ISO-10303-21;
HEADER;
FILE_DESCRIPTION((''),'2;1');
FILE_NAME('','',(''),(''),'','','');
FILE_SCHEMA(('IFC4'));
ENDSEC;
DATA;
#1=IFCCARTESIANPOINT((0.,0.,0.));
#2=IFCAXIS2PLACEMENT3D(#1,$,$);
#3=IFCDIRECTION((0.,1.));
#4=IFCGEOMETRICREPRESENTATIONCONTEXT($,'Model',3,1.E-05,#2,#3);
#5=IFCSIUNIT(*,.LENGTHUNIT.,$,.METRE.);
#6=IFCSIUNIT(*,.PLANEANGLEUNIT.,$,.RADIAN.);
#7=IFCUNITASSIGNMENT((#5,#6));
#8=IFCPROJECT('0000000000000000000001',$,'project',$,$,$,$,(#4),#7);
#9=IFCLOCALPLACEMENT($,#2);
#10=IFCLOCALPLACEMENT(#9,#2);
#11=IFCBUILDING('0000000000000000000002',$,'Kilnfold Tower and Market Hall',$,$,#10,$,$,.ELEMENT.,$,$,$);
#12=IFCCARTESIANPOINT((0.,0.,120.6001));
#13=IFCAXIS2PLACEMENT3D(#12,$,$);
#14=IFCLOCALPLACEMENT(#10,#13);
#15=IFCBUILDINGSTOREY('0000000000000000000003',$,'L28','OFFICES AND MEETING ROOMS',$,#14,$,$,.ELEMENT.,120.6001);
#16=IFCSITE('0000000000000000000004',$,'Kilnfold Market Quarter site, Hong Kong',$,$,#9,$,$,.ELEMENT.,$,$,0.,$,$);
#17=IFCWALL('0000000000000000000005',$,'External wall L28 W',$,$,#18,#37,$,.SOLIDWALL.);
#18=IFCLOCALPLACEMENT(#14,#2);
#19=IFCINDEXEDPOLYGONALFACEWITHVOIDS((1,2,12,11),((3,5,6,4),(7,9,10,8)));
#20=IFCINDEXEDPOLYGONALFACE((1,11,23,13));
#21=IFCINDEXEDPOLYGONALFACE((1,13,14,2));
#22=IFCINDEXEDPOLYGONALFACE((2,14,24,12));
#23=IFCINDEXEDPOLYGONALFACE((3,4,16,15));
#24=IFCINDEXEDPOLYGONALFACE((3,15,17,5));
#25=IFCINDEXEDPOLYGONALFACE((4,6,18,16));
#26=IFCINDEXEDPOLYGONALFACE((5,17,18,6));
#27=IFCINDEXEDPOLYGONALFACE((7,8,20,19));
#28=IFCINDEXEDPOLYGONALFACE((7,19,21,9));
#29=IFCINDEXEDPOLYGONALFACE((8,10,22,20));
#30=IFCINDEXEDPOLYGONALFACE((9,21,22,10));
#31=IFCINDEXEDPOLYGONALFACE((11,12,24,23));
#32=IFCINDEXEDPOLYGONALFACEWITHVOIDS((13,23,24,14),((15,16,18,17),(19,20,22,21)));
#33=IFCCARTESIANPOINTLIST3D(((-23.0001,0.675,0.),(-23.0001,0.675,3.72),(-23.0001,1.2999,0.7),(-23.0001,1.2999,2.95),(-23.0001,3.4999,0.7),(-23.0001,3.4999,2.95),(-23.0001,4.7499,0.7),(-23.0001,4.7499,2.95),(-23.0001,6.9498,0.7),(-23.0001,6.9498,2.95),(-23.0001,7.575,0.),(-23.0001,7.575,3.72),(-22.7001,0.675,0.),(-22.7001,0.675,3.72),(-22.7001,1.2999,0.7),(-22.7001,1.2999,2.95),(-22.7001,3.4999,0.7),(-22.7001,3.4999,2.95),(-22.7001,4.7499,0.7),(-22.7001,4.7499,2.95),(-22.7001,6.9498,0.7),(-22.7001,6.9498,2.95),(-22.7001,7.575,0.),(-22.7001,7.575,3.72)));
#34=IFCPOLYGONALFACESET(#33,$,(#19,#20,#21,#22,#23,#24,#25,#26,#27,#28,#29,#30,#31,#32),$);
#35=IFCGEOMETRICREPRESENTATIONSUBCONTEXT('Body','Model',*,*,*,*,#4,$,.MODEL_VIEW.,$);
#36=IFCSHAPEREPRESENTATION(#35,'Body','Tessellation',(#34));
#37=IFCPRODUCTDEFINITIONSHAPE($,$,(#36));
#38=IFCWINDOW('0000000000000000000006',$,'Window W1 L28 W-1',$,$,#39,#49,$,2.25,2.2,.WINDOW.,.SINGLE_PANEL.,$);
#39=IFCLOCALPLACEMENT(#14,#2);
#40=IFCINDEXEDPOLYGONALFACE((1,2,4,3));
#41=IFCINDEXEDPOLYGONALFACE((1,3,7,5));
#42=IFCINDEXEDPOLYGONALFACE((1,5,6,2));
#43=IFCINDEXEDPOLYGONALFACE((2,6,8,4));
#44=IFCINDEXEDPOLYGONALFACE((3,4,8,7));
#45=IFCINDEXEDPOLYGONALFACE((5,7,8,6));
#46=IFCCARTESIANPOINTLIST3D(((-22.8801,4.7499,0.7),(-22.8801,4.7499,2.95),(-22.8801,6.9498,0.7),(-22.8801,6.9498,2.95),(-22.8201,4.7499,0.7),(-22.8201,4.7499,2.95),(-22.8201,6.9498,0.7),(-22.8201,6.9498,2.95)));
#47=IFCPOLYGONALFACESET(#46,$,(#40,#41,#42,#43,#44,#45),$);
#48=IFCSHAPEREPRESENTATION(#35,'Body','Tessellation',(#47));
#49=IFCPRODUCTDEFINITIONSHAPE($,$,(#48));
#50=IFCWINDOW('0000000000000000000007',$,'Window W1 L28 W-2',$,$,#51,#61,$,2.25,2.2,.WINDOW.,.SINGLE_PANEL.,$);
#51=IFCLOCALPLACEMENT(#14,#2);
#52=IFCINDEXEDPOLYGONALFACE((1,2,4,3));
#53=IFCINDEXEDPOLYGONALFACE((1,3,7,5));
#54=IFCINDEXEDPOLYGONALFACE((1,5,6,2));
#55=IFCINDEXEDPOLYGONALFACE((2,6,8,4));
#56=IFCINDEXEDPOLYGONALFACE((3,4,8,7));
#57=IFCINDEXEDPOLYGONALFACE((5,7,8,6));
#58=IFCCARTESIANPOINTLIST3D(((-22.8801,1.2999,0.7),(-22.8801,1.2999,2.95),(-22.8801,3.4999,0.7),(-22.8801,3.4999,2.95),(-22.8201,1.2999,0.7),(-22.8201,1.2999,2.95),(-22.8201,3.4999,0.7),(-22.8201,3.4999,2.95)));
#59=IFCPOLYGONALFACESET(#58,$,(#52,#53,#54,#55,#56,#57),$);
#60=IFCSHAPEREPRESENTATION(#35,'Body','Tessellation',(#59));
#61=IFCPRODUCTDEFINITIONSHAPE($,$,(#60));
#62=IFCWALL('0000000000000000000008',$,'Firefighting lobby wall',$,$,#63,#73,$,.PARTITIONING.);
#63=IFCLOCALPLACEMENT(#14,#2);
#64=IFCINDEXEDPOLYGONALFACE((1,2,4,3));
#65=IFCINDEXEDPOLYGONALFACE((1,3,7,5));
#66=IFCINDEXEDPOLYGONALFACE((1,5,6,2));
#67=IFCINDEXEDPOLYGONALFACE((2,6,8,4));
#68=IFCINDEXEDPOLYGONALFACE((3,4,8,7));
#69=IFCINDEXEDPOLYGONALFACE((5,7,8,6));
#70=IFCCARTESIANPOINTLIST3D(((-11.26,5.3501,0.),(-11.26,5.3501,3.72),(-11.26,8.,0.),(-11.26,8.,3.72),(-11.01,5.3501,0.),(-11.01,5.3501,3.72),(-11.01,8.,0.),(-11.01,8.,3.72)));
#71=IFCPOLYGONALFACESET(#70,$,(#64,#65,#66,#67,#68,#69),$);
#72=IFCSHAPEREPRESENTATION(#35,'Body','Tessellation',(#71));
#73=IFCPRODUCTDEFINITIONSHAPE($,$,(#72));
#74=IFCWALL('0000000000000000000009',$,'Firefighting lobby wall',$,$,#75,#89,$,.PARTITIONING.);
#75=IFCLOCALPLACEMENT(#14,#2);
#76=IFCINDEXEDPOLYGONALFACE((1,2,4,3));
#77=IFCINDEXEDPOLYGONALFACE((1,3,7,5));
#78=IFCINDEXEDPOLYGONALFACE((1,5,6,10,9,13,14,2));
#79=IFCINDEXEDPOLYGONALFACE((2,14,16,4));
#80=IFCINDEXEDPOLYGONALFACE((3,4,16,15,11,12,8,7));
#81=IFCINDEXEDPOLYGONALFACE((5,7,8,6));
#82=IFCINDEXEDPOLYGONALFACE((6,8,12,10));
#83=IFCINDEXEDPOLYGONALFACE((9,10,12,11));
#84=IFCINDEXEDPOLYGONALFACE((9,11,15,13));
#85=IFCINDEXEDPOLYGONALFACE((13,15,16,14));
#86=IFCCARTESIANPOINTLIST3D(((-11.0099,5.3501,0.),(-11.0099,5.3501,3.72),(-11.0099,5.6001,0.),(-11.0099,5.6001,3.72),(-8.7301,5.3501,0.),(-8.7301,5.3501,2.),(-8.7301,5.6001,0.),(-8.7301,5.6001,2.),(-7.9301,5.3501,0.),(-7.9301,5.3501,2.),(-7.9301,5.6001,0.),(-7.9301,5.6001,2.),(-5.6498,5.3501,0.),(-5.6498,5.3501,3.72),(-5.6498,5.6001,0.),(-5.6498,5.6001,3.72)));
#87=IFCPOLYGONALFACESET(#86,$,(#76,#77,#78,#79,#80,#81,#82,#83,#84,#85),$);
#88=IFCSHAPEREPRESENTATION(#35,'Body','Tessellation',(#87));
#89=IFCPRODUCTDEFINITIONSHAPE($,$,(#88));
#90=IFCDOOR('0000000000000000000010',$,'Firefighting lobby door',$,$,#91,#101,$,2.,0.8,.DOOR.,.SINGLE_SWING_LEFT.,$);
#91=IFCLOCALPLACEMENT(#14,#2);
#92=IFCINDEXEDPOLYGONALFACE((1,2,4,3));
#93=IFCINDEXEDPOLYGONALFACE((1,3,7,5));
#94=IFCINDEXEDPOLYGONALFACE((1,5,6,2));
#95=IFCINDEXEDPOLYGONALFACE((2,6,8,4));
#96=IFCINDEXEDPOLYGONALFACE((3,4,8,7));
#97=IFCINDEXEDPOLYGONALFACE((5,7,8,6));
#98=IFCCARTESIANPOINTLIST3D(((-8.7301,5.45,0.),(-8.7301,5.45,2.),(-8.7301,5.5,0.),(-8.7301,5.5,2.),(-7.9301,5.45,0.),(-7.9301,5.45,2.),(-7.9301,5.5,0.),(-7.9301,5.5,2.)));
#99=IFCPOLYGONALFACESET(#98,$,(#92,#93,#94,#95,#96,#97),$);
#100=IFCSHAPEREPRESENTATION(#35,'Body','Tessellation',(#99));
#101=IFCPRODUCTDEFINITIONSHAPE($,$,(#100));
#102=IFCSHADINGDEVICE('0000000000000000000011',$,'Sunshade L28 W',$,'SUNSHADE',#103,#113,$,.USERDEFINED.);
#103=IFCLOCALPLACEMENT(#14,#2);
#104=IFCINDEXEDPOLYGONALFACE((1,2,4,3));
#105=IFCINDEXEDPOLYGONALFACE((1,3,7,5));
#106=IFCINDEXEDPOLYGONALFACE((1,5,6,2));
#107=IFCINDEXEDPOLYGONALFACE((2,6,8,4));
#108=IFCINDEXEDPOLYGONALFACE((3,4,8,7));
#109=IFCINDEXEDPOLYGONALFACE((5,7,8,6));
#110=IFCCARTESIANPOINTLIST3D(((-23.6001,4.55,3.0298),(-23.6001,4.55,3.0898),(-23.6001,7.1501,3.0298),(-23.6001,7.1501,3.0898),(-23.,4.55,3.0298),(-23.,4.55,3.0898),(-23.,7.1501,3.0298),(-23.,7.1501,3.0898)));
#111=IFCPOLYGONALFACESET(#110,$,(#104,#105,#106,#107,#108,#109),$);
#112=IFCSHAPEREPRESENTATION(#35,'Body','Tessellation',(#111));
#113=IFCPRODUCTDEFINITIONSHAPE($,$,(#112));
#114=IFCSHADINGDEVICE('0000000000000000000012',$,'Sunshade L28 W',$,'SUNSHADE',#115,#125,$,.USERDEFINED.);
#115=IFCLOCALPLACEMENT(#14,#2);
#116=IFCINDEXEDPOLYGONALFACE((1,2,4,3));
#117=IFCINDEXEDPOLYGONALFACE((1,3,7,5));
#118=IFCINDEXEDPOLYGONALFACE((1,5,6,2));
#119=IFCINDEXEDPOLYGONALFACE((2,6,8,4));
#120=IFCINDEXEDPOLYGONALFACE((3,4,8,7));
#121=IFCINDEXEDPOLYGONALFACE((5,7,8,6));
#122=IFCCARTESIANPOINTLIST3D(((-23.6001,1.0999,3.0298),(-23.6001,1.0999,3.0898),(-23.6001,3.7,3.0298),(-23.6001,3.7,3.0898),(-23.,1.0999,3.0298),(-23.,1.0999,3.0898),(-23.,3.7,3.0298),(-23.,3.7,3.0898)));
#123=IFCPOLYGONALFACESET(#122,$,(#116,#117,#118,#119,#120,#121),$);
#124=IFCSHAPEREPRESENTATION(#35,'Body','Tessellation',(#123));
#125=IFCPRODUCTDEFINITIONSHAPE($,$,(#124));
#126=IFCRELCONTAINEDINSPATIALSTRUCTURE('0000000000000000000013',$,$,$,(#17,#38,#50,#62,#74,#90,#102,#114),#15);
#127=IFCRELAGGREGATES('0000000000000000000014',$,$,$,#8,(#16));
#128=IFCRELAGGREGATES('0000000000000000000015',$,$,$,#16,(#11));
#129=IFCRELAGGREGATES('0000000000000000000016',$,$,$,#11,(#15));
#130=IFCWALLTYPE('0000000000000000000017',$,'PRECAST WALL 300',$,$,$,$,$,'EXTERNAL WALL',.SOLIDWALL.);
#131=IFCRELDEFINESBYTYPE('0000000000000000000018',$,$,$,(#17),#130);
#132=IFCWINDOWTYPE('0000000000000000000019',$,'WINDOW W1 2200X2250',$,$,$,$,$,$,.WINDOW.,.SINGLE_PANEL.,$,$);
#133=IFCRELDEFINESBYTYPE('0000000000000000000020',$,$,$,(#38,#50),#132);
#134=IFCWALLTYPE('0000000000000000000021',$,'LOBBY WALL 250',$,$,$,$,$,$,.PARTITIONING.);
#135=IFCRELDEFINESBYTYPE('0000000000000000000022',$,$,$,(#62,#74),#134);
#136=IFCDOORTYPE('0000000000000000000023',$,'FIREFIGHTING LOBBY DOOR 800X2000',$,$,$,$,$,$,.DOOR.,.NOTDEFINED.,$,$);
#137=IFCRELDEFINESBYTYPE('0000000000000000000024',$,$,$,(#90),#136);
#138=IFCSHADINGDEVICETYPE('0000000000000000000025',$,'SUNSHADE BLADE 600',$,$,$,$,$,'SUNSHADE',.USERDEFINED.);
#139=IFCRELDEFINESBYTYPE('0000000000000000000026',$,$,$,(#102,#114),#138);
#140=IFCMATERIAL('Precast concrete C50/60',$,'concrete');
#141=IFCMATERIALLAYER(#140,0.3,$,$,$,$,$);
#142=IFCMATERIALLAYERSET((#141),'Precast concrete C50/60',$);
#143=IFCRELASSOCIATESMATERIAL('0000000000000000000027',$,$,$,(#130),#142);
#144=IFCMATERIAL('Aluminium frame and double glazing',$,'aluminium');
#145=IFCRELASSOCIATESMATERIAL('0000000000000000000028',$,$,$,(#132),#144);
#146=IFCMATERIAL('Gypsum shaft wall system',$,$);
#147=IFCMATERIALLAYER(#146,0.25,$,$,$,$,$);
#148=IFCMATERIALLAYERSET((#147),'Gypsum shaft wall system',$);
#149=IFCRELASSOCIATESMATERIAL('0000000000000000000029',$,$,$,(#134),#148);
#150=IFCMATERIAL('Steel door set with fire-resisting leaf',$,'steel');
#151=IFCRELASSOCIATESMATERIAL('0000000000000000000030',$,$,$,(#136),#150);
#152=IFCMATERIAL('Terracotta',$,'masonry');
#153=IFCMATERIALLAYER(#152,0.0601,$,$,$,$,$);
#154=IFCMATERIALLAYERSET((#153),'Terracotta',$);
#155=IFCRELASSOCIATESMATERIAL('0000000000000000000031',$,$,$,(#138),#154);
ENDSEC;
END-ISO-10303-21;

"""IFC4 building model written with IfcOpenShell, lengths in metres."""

from ifc_helpers import new_model, si_unit, direction, frame, frame_2d, origin, origin_2d, place, context, subcontext, project, spatial, rectangle, extrude, source, transform, mapped, material, layer, layer_set, type_object, element, fill, save


model = new_model("IFC4")

# Units and contexts
model_context = context("Model", 3, precision=1e-05, world=origin(), true_north=direction((0.0, 1.0)))
body_context = subcontext(model_context, "Body", "Model", "MODEL_VIEW")
ifc_project = project(units=[si_unit("LENGTHUNIT", "METRE"), si_unit("PLANEANGLEUNIT", "RADIAN")], contexts=[model_context])

# Site, building, storey
site_placement = place(None, origin())
site = spatial("IfcSite", under=ifc_project, at=site_placement, Name="Kilnfold Market Quarter site, Hong Kong", CompositionType="ELEMENT", RefElevation=0.0)
building_placement = place(site_placement, origin())
building = spatial("IfcBuilding", under=site, at=building_placement, Name="Kilnfold Tower and Market Hall", CompositionType="ELEMENT")
storey_placement = place(building_placement, frame((0.0, 0.0, 120.6001)))
storey = spatial("IfcBuildingStorey", under=building, at=storey_placement, Name="L28", Description="OFFICES AND MEETING ROOMS", CompositionType="ELEMENT", Elevation=120.6001)

# Wall, openings, windows
ifc_material_1 = material(Name="Precast concrete C50/60", Category="concrete")
ifc_layer_1 = layer(ifc_material_1, 0.3)
ifc_layer_set_1 = layer_set([ifc_layer_1], Name="Precast concrete C50/60")
wall_type_1 = type_object("IfcWallType", Name="PRECAST WALL 300", ElementType="EXTERNAL WALL", PredefinedType="SOLIDWALL", material=ifc_layer_set_1)
shared_shape_1 = source(origin(), body_context, "Body", "SweptSolid", [
    extrude(rectangle(XDim=6.8999, YDim=0.3, at=frame_2d((3.45, 0.0))), origin(), (0.0, 0.0, 1.0), 3.72),
])
wall_1_placement = place(storey_placement, frame((-22.8501, 7.575, 0.0), z_axis=(0.0, 0.0, 1.0), x_axis=(0.0, -1.0, 0.0)))
wall_1 = element("IfcWall", 1, at=wall_1_placement, inside=storey, type_object=wall_type_1, Name="External wall L28 W", PredefinedType="SOLIDWALL", context=body_context, shape_type="MappedRepresentation", body=[
    mapped(shared_shape_1, transform((0.0, 0.0, 0.0))),
])
opening_1_placement = place(wall_1_placement, frame((0.625, 0.0, 0.7)))
opening_1 = element("IfcOpeningElement", 2, at=opening_1_placement, cuts=wall_1, PredefinedType="OPENING", context=body_context, shape_type="SweptSolid", body=[
    extrude(rectangle(XDim=2.2, YDim=2.25, at=frame_2d((1.1001, 1.125))), frame((0.0, 0.1602, 0.0), z_axis=(0.0, -1.0, 0.0), x_axis=(1.0, 0.0, 0.0)), (0.0, 0.0, 1.0), 0.3201),
])
opening_2_placement = place(wall_1_placement, frame((4.075, 0.0, 0.7)))
opening_2 = element("IfcOpeningElement", 3, at=opening_2_placement, cuts=wall_1, PredefinedType="OPENING", context=body_context, shape_type="SweptSolid", body=[
    extrude(rectangle(XDim=2.2, YDim=2.25, at=frame_2d((1.1001, 1.125))), frame((0.0, 0.1602, 0.0), z_axis=(0.0, -1.0, 0.0), x_axis=(1.0, 0.0, 0.0)), (0.0, 0.0, 1.0), 0.3201),
])
ifc_material_2 = material(Name="Aluminium frame and double glazing", Category="aluminium")
window_type = type_object("IfcWindowType", Name="WINDOW W1 2200X2250", PartitioningType="SINGLE_PANEL", PredefinedType="WINDOW", material=ifc_material_2)
window_1_placement = place(opening_1_placement, origin())
window_1 = element("IfcWindow", 4, at=window_1_placement, inside=storey, type_object=window_type, Name="Window W1 L28 W-1", OverallHeight=2.25, OverallWidth=2.2, PartitioningType="SINGLE_PANEL", PredefinedType="WINDOW", context=body_context, shape_type="SweptSolid", body=[
    extrude(rectangle(XDim=2.2, YDim=2.25, at=frame_2d((1.1001, 1.125))), frame((0.0, 0.03, 0.0), z_axis=(0.0, -1.0, 0.0), x_axis=(1.0, 0.0, 0.0)), (0.0, 0.0, 1.0), 0.0601),
])
fill(opening_1, window_1)
window_2_placement = place(opening_2_placement, origin())
window_2 = element("IfcWindow", 5, at=window_2_placement, inside=storey, type_object=window_type, Name="Window W1 L28 W-2", OverallHeight=2.25, OverallWidth=2.2, PartitioningType="SINGLE_PANEL", PredefinedType="WINDOW", context=body_context, shape_type="SweptSolid", body=[
    extrude(rectangle(XDim=2.2, YDim=2.25, at=frame_2d((1.1001, 1.125))), frame((0.0, 0.03, 0.0), z_axis=(0.0, -1.0, 0.0), x_axis=(1.0, 0.0, 0.0)), (0.0, 0.0, 1.0), 0.0601),
])
fill(opening_2, window_2)

# Wall
ifc_material_3 = material(Name="Gypsum shaft wall system")
ifc_layer_2 = layer(ifc_material_3, 0.25)
ifc_layer_set_2 = layer_set([ifc_layer_2], Name="Gypsum shaft wall system")
wall_type_2 = type_object("IfcWallType", Name="LOBBY WALL 250", PredefinedType="PARTITIONING", material=ifc_layer_set_2)
shared_shape_2 = source(origin(), body_context, "Body", "SweptSolid", [
    extrude(rectangle(XDim=2.6499, YDim=0.25, at=frame_2d((1.325, 0.0))), origin(), (0.0, 0.0, 1.0), 3.72),
])
wall_2_placement = place(storey_placement, frame((-11.135, 5.3501, 0.0), z_axis=(0.0, 0.0, 1.0), x_axis=(0.0, 1.0, 0.0)))
element("IfcWall", 6, at=wall_2_placement, inside=storey, type_object=wall_type_2, Name="Firefighting lobby wall", PredefinedType="PARTITIONING", context=body_context, shape_type="MappedRepresentation", body=[
    mapped(shared_shape_2, transform((0.0, 0.0, 0.0))),
])

# Wall, opening, door
shared_shape_3 = source(origin(), body_context, "Body", "SweptSolid", [
    extrude(rectangle(XDim=5.3601, YDim=0.25, at=frame_2d((2.6802, 0.0))), origin(), (0.0, 0.0, 1.0), 3.72),
])
wall_3_placement = place(storey_placement, frame((-11.01, 5.4751, 0.0), z_axis=(0.0, 0.0, 1.0), x_axis=(1.0, 0.0, 0.0)))
wall_3 = element("IfcWall", 7, at=wall_3_placement, inside=storey, type_object=wall_type_2, Name="Firefighting lobby wall", PredefinedType="PARTITIONING", context=body_context, shape_type="MappedRepresentation", body=[
    mapped(shared_shape_3, transform((0.0, 0.0, 0.0))),
])
opening_3_placement = place(wall_3_placement, frame((2.28, 0.0, 0.0)))
opening_3 = element("IfcOpeningElement", 8, at=opening_3_placement, cuts=wall_3, PredefinedType="OPENING", context=body_context, shape_type="SweptSolid", body=[
    extrude(rectangle(XDim=0.8, YDim=2.0, at=frame_2d((0.3999, 1.0))), frame((0.0, 0.135, 0.0), z_axis=(0.0, -1.0, 0.0), x_axis=(1.0, 0.0, 0.0)), (0.0, 0.0, 1.0), 0.27),
])
ifc_material_4 = material(Name="Steel door set with fire-resisting leaf", Category="steel")
door_type_1 = type_object("IfcDoorType", Name="FIREFIGHTING LOBBY DOOR 800X2000", OperationType="NOTDEFINED", PredefinedType="DOOR", material=ifc_material_4)
door_1_placement = place(opening_3_placement, origin())
door_1 = element("IfcDoor", 9, at=door_1_placement, inside=storey, type_object=door_type_1, Name="Firefighting lobby door", OperationType="SINGLE_SWING_LEFT", OverallHeight=2.0, OverallWidth=0.8, PredefinedType="DOOR", context=body_context, shape_type="SweptSolid", body=[
    extrude(rectangle(XDim=0.8, YDim=2.0, at=frame_2d((0.3999, 1.0))), frame((0.0, 0.0249, 0.0), z_axis=(0.0, -1.0, 0.0), x_axis=(1.0, 0.0, 0.0)), (0.0, 0.0, 1.0), 0.05),
])
fill(opening_3, door_1)

# Shading devices
ifc_material_5 = material(Name="Terracotta", Category="masonry")
ifc_layer_3 = layer(ifc_material_5, 0.0601)
ifc_layer_set_3 = layer_set([ifc_layer_3], Name="Terracotta")
shading_device_type = type_object("IfcShadingDeviceType", Name="SUNSHADE BLADE 600", ElementType="SUNSHADE", PredefinedType="USERDEFINED", material=ifc_layer_set_3)
shared_shape_4 = source(origin(), body_context, "Body", "SweptSolid", [
    extrude(rectangle(XDim=2.6001, YDim=0.6001, at=origin_2d()), origin(), (0.0, 0.0, 1.0), 0.0601),
])
for number, where, z_axis, x_axis, name in (
    (10, (-23.3, 5.8501, 3.0298), (0.0, 0.0, 1.0), (0.0, -1.0, 0.0), "Sunshade L28 W"),
    (11, (-23.3, 2.3999, 3.0298), (0.0, 0.0, 1.0), (0.0, -1.0, 0.0), "Sunshade L28 W"),
):
    element("IfcShadingDevice", number, at=place(storey_placement, frame(where, z_axis=z_axis, x_axis=x_axis)), inside=storey, type_object=shading_device_type, Name=name, ObjectType="SUNSHADE", PredefinedType="USERDEFINED", context=body_context, shape_type="MappedRepresentation", body=[
        mapped(shared_shape_4, transform((0.0, 0.0, 0.0))),
    ])

save(model, "model.ifc")
